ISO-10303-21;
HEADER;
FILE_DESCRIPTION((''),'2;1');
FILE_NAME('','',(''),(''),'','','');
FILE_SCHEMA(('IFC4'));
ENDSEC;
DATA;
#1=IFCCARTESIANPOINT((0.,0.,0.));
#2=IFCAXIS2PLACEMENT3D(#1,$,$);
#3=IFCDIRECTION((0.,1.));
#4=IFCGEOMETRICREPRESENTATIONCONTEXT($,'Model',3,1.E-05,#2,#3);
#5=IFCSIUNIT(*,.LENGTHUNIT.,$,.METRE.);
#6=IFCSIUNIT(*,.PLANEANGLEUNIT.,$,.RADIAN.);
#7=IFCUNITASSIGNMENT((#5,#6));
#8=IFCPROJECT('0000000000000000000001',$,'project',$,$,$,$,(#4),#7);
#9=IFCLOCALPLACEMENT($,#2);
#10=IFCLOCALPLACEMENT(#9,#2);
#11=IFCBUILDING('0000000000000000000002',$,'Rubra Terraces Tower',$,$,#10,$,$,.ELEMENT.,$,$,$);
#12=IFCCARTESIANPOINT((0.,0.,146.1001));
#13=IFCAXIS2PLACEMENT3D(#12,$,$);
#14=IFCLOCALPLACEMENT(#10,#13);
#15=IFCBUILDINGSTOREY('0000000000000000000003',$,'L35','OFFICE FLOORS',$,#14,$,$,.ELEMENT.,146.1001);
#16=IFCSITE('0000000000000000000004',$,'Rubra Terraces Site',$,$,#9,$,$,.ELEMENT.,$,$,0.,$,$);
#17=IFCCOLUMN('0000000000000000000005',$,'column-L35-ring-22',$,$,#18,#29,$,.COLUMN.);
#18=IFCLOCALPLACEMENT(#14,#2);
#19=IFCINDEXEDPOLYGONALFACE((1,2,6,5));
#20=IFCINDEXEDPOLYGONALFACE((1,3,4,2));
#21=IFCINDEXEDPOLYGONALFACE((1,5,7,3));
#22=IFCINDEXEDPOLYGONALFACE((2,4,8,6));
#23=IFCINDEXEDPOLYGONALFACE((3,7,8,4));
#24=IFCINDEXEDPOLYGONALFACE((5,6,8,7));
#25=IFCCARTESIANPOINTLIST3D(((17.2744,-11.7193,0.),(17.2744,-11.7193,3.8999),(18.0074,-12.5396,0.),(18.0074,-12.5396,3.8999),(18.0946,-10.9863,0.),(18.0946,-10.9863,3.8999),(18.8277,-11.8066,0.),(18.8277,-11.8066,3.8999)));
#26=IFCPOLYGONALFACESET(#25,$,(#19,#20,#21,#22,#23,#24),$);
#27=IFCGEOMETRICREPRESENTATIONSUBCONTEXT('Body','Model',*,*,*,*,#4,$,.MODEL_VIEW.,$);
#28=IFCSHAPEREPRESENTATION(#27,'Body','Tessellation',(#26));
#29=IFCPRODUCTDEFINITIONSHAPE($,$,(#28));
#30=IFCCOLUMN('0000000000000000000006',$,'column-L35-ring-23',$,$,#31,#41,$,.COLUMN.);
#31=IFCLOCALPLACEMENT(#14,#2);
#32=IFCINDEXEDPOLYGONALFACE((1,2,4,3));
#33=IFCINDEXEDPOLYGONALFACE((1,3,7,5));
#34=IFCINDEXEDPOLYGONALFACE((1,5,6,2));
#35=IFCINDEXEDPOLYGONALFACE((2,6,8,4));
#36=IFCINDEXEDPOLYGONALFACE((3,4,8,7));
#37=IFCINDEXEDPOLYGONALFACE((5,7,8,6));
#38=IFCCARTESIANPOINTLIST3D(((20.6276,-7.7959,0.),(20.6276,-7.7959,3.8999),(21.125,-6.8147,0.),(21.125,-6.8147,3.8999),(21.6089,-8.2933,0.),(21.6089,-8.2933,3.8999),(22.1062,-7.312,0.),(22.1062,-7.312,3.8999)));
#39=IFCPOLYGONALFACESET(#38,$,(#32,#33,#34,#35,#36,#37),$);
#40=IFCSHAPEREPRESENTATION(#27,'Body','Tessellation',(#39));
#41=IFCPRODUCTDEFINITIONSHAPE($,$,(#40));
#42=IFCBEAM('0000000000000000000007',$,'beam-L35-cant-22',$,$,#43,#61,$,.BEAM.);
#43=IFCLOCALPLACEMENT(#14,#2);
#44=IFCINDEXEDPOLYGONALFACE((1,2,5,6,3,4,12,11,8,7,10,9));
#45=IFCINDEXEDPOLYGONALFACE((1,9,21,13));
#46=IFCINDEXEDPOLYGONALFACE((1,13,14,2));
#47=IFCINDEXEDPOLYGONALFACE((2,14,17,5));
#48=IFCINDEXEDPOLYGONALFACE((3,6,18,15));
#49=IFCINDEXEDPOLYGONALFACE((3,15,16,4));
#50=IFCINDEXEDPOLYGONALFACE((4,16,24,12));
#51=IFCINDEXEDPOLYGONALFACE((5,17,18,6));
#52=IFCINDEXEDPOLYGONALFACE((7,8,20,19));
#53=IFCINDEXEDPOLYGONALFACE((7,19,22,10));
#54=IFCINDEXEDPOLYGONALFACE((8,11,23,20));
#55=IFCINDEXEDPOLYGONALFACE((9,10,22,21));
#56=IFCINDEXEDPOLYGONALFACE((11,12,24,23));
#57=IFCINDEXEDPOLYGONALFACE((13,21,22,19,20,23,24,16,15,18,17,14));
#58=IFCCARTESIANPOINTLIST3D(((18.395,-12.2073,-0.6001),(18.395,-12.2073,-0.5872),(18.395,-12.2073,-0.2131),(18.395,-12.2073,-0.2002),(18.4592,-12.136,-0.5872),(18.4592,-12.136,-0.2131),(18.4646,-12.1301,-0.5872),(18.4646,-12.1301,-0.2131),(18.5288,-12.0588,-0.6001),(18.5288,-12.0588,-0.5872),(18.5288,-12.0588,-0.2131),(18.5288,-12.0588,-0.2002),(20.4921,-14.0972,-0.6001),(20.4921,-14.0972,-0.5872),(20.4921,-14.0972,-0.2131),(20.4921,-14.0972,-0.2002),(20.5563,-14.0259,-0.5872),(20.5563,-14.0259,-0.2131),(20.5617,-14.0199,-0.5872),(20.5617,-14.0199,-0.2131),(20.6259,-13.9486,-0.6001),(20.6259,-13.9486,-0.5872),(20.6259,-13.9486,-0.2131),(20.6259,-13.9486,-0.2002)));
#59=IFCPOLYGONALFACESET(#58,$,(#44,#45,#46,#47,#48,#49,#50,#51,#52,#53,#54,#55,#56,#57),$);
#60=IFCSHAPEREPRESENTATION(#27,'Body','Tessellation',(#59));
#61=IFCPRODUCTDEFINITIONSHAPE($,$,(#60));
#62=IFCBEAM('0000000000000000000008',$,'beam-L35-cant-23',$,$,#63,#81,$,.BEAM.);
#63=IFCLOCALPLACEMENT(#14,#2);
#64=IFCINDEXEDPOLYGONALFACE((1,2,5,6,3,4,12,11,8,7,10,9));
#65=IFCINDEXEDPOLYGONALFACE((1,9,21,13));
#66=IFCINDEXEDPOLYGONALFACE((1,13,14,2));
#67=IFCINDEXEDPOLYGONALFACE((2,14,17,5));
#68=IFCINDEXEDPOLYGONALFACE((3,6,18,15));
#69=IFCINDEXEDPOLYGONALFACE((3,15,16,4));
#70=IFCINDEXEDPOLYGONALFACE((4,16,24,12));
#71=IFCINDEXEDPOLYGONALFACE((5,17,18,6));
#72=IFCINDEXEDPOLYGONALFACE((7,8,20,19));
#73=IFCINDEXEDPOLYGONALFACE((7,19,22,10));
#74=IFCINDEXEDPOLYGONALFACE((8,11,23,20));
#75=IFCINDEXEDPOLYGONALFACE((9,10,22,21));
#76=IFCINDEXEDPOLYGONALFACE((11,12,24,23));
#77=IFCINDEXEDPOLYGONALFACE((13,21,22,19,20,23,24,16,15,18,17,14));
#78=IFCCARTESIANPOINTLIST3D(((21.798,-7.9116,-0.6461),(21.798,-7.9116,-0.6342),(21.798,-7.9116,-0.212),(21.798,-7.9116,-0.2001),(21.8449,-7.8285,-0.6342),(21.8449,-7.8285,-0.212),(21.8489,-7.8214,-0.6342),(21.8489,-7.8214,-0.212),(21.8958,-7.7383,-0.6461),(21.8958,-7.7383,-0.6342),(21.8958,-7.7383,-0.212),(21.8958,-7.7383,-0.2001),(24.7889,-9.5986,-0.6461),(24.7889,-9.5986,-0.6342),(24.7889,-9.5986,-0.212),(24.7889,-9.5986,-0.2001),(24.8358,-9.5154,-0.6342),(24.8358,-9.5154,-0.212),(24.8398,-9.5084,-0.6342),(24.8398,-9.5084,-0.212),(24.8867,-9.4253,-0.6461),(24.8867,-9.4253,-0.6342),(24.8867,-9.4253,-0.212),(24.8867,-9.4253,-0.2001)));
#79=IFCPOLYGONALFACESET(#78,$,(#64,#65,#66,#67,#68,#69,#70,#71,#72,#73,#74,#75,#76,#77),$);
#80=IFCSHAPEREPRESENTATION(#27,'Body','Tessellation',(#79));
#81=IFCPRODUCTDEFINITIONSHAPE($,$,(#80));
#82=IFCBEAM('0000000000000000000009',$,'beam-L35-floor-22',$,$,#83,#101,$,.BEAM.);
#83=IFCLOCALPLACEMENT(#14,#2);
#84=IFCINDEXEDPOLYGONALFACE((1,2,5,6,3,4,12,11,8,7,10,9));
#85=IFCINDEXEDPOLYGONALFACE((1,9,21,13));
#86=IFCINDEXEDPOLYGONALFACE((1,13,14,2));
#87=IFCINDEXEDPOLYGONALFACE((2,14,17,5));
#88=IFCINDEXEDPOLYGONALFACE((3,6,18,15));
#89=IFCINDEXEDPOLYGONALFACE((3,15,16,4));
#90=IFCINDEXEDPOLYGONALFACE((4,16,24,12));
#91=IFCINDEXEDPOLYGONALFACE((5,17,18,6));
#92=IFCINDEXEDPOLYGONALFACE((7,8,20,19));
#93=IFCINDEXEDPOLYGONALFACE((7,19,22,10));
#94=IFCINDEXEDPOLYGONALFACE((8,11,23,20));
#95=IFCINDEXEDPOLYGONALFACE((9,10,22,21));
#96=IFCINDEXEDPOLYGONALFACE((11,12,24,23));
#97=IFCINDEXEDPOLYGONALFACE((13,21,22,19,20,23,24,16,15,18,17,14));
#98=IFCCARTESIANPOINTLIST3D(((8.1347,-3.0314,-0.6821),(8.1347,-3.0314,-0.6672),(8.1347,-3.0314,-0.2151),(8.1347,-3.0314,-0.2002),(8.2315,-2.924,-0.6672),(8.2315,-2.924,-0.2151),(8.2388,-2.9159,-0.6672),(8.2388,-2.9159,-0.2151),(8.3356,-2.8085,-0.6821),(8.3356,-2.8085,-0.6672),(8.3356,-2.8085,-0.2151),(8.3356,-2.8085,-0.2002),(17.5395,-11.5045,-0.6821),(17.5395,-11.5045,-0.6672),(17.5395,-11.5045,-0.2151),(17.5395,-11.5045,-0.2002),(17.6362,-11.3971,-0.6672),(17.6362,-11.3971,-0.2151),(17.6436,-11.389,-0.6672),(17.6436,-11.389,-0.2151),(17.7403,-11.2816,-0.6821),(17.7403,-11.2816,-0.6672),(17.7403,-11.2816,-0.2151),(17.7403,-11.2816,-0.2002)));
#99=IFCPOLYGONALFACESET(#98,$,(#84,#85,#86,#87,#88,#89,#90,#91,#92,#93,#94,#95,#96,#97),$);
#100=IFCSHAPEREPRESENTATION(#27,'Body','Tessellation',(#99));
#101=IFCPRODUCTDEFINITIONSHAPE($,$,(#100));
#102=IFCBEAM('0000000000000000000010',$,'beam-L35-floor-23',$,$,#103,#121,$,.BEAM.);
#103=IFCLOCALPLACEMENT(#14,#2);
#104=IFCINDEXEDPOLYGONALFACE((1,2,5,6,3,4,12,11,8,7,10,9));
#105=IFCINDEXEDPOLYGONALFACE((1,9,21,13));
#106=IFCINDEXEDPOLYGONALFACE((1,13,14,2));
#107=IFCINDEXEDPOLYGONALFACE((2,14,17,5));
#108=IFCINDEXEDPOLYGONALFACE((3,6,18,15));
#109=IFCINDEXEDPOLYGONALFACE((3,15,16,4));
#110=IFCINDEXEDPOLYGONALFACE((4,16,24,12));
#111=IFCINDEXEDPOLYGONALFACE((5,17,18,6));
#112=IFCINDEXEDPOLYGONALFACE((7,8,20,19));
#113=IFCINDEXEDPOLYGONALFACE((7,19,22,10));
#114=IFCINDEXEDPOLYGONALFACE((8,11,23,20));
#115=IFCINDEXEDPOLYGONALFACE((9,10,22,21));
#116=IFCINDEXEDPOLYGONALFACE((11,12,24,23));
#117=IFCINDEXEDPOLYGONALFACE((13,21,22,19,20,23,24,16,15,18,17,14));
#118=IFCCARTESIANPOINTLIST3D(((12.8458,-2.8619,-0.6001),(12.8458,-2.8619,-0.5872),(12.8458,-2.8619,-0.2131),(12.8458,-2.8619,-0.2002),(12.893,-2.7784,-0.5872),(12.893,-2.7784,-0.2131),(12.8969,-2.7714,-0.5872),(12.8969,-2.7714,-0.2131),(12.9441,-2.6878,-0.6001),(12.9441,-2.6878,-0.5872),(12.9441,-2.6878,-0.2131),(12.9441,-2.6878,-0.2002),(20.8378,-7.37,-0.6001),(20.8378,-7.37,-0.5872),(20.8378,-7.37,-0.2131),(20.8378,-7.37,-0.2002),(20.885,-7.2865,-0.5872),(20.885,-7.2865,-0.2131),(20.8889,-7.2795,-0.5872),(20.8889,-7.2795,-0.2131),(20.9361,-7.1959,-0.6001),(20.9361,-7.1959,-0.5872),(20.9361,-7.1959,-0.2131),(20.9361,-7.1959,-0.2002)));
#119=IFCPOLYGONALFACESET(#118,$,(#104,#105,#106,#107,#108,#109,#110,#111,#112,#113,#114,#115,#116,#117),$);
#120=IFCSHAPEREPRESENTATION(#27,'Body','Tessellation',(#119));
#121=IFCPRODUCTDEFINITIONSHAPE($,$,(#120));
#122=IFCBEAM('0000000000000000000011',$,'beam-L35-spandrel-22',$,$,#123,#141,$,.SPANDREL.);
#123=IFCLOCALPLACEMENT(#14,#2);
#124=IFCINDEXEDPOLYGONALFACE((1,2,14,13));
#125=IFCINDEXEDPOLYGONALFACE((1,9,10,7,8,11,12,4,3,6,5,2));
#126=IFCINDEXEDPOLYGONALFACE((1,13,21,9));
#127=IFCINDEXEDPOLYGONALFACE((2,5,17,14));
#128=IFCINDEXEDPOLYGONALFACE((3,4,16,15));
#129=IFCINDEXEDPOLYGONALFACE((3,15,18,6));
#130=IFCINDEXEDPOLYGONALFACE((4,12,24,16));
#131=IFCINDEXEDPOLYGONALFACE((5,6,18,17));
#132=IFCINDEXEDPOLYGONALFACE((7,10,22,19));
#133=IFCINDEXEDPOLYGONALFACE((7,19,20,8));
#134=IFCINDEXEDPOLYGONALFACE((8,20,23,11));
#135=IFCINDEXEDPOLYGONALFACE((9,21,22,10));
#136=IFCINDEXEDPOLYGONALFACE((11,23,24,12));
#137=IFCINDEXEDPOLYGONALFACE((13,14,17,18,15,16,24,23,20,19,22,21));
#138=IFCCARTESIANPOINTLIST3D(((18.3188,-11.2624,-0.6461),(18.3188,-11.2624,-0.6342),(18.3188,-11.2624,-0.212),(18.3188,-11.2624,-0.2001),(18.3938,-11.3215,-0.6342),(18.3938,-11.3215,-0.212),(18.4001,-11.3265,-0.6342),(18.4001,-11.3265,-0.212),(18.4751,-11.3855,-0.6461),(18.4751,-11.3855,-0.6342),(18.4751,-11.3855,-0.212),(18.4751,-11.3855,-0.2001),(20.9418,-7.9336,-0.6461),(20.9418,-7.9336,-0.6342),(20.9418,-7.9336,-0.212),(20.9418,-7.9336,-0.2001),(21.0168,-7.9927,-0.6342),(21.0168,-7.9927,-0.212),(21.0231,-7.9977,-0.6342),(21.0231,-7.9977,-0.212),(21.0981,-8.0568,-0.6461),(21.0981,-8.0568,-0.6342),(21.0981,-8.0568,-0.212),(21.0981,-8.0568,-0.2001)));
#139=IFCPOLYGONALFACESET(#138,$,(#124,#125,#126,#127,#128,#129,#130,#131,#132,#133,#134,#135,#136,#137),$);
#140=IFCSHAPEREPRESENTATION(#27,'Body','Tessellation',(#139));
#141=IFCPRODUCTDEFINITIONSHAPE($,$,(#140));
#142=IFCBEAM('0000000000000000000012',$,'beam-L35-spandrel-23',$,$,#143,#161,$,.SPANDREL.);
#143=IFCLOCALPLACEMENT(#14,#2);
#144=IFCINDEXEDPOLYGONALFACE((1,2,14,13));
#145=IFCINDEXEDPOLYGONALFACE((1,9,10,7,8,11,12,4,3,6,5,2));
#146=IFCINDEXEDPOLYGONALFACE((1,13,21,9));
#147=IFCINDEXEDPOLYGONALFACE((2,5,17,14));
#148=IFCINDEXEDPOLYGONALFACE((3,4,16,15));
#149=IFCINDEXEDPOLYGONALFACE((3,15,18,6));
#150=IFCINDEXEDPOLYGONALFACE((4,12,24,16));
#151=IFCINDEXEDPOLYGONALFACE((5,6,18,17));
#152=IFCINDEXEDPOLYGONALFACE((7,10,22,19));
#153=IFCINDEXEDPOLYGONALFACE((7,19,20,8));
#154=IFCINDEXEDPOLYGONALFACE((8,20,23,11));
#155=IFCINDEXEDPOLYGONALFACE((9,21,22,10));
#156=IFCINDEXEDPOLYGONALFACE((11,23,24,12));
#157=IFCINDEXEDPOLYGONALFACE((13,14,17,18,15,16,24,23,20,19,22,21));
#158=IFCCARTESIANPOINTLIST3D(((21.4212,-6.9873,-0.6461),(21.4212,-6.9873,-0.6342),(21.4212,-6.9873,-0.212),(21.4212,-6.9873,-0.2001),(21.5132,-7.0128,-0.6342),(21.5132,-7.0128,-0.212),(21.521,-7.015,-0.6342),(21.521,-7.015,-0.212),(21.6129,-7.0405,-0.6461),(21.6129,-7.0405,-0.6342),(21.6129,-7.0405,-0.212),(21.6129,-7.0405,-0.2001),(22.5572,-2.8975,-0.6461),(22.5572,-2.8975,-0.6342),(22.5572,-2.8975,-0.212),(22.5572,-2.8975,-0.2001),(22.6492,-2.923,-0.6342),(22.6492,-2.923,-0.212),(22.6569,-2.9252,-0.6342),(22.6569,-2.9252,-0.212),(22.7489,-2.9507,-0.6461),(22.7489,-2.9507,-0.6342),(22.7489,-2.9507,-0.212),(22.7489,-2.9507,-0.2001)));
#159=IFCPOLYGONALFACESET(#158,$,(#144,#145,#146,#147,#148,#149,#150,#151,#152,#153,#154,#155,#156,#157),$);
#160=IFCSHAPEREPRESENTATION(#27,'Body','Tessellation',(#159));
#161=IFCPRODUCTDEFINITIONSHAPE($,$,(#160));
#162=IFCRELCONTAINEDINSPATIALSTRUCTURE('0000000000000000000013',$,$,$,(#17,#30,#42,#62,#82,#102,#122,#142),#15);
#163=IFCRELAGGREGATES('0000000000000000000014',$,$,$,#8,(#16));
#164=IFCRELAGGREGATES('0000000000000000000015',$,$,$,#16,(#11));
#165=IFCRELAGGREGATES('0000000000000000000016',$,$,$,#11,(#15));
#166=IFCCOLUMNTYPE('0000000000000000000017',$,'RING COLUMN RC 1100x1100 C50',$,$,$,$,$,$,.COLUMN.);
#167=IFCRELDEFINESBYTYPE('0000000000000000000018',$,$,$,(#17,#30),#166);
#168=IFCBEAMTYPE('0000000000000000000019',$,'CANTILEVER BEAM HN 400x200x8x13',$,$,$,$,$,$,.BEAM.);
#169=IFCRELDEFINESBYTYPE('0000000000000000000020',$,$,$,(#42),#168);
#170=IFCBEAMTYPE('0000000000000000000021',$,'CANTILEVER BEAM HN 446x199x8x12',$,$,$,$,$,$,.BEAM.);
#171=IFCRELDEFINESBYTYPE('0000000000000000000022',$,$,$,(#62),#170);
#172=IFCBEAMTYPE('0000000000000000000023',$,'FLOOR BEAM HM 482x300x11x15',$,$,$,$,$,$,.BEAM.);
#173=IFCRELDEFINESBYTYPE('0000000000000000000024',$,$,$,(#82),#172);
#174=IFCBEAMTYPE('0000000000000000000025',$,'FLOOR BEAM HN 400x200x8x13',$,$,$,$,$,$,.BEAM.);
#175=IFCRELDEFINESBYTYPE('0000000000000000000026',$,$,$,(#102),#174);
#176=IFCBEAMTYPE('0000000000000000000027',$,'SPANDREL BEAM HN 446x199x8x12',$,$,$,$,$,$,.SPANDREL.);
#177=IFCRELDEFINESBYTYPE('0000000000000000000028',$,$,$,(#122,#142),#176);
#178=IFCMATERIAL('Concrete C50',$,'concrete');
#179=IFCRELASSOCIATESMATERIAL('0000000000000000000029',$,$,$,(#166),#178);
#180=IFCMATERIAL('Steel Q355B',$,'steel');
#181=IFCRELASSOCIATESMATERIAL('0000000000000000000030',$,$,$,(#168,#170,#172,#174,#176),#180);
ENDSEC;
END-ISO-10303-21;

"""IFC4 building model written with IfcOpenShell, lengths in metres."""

from ifc_helpers import new_model, si_unit, direction, frame, origin, origin_2d, place, context, subcontext, project, spatial, rectangle, i_section, extrude, material, material_profile, profile_set, type_object, element, save


model = new_model("IFC4")

# Units and contexts
model_context = context("Model", 3, precision=1e-05, world=origin(), true_north=direction((0.0, 1.0)))
body_context = subcontext(model_context, "Body", "Model", "MODEL_VIEW")
ifc_project = project(units=[si_unit("LENGTHUNIT", "METRE"), si_unit("PLANEANGLEUNIT", "RADIAN")], contexts=[model_context])

# Site, building, storey
site_placement = place(None, origin())
site = spatial("IfcSite", under=ifc_project, at=site_placement, Name="Rubra Terraces Site", CompositionType="ELEMENT", RefElevation=0.0)
building_placement = place(site_placement, origin())
building = spatial("IfcBuilding", under=site, at=building_placement, Name="Rubra Terraces Tower", CompositionType="ELEMENT")
storey_placement = place(building_placement, frame((0.0, 0.0, 146.1001)))
storey = spatial("IfcBuildingStorey", under=building, at=storey_placement, Name="L35", Description="OFFICE FLOORS", CompositionType="ELEMENT", Elevation=146.1001)

# Columns
ifc_material_1 = material(Name="Concrete C50", Category="concrete")
ifc_material_profile_1 = material_profile(ifc_material_1, rectangle(XDim=1.1001, YDim=1.1001, at=origin_2d()), Name="RC 1100x1100")
ifc_profile_set_1 = profile_set([ifc_material_profile_1], Name="Concrete C50")
column_type = type_object("IfcColumnType", Name="RING COLUMN RC 1100x1100 C50", PredefinedType="COLUMN", material=ifc_profile_set_1)
for number, where, z_axis, x_axis, name in (
    (1, (18.051, -11.7629, 0.0), (0.0, 0.0, 1.0), (0.745642, 0.666347, 0.0), "column-L35-ring-22"),
    (2, (21.3669, -7.554, 0.0), (0.0, 0.0, 1.0), (0.452079, 0.891978, 0.0), "column-L35-ring-23"),
):
    element("IfcColumn", number, at=place(storey_placement, frame(where, z_axis=z_axis, x_axis=x_axis)), inside=storey, type_object=column_type, Name=name, PredefinedType="COLUMN", context=body_context, shape_type="SweptSolid", body=[
        extrude(rectangle(XDim=1.1001, YDim=1.1001, at=origin_2d()), origin(), (0.0, 0.0, 1.0), 3.8999),
    ])

# Beams
ifc_material_2 = material(Name="Steel Q355B", Category="steel")
ifc_material_profile_2 = material_profile(ifc_material_2, i_section(OverallWidth=0.2, OverallDepth=0.3999, WebThickness=0.0081, FlangeThickness=0.0129, at=origin_2d()), Name="HN 400x200x8x13")
ifc_profile_set_2 = profile_set([ifc_material_profile_2], Name="Steel Q355B")
beam_type_1 = type_object("IfcBeamType", Name="CANTILEVER BEAM HN 400x200x8x13", PredefinedType="BEAM", material=ifc_profile_set_2)
beam_1_placement = place(storey_placement, frame((18.4619, -12.1331, -0.4001), z_axis=(0.742864, -0.669442, 0.0), x_axis=(0.669442, 0.742864, 0.0)))
element("IfcBeam", 3, at=beam_1_placement, inside=storey, type_object=beam_type_1, Name="beam-L35-cant-22", PredefinedType="BEAM", context=body_context, shape_type="SweptSolid", body=[
    extrude(i_section(OverallWidth=0.2, OverallDepth=0.3999, WebThickness=0.0081, FlangeThickness=0.0129, at=origin_2d()), origin(), (0.0, 0.0, 1.0), 2.823),
])
ifc_material_profile_3 = material_profile(ifc_material_2, i_section(OverallWidth=0.199, OverallDepth=0.446, WebThickness=0.0081, FlangeThickness=0.012, at=origin_2d()), Name="HN 446x199x8x12")
ifc_profile_set_3 = profile_set([ifc_material_profile_3], Name="Steel Q355B")
beam_type_2 = type_object("IfcBeamType", Name="CANTILEVER BEAM HN 446x199x8x12", PredefinedType="BEAM", material=ifc_profile_set_3)
beam_2_placement = place(storey_placement, frame((21.8469, -7.825, -0.4231), z_axis=(0.871003, -0.491277, 0.0), x_axis=(0.491277, 0.871003, 0.0)))
element("IfcBeam", 4, at=beam_2_placement, inside=storey, type_object=beam_type_2, Name="beam-L35-cant-23", PredefinedType="BEAM", context=body_context, shape_type="SweptSolid", body=[
    extrude(i_section(OverallWidth=0.199, OverallDepth=0.446, WebThickness=0.0081, FlangeThickness=0.012, at=origin_2d()), origin(), (0.0, 0.0, 1.0), 3.4338),
])
ifc_material_profile_4 = material_profile(ifc_material_2, i_section(OverallWidth=0.3, OverallDepth=0.4819, WebThickness=0.011, FlangeThickness=0.0149, at=origin_2d()), Name="HM 482x300x11x15")
ifc_profile_set_4 = profile_set([ifc_material_profile_4], Name="Steel Q355B")
beam_type_3 = type_object("IfcBeamType", Name="FLOOR BEAM HM 482x300x11x15", PredefinedType="BEAM", material=ifc_profile_set_4)
beam_3_placement = place(storey_placement, frame((17.6399, -11.3931, -0.4412), z_axis=(-0.742947, 0.66935, 0.0), x_axis=(-0.66935, -0.742947, 0.0)))
element("IfcBeam", 5, at=beam_3_placement, inside=storey, type_object=beam_type_3, Name="beam-L35-floor-22", PredefinedType="BEAM", context=body_context, shape_type="SweptSolid", body=[
    extrude(i_section(OverallWidth=0.3, OverallDepth=0.4819, WebThickness=0.011, FlangeThickness=0.0149, at=origin_2d()), origin(), (0.0, 0.0, 1.0), 12.6587),
])
ifc_material_profile_5 = material_profile(ifc_material_2, i_section(OverallWidth=0.2, OverallDepth=0.3999, WebThickness=0.0081, FlangeThickness=0.0129, at=origin_2d()), Name="HN 400x200x8x13")
ifc_profile_set_5 = profile_set([ifc_material_profile_5], Name="Steel Q355B")
beam_type_4 = type_object("IfcBeamType", Name="FLOOR BEAM HN 400x200x8x13", PredefinedType="BEAM", material=ifc_profile_set_5)
beam_4_placement = place(storey_placement, frame((20.887, -7.283, -0.4001), z_axis=(-0.870989, 0.491303, 0.0), x_axis=(-0.491303, -0.870989, 0.0)))
element("IfcBeam", 6, at=beam_4_placement, inside=storey, type_object=beam_type_4, Name="beam-L35-floor-23", PredefinedType="BEAM", context=body_context, shape_type="SweptSolid", body=[
    extrude(i_section(OverallWidth=0.2, OverallDepth=0.3999, WebThickness=0.0081, FlangeThickness=0.0129, at=origin_2d()), origin(), (0.0, 0.0, 1.0), 9.1758),
])
ifc_material_profile_6 = material_profile(ifc_material_2, i_section(OverallWidth=0.199, OverallDepth=0.446, WebThickness=0.0081, FlangeThickness=0.012, at=origin_2d()), Name="HN 446x199x8x12")
ifc_profile_set_6 = profile_set([ifc_material_profile_6], Name="Steel Q355B")
beam_type_5 = type_object("IfcBeamType", Name="SPANDREL BEAM HN 446x199x8x12", PredefinedType="SPANDREL", material=ifc_profile_set_6)
beam_5_placement = place(storey_placement, frame((18.397, -11.324, -0.4231), z_axis=(0.618917, 0.785456, 0.0), x_axis=(-0.785456, 0.618917, 0.0)))
element("IfcBeam", 7, at=beam_5_placement, inside=storey, type_object=beam_type_5, Name="beam-L35-spandrel-22", PredefinedType="SPANDREL", context=body_context, shape_type="SweptSolid", body=[
    extrude(i_section(OverallWidth=0.199, OverallDepth=0.446, WebThickness=0.0081, FlangeThickness=0.012, at=origin_2d()), origin(), (0.0, 0.0, 1.0), 4.238),
])
beam_6_placement = place(storey_placement, frame((21.5171, -7.0139, -0.4231), z_axis=(0.267626, 0.963523, 0.0), x_axis=(-0.963523, 0.267626, 0.0)))
element("IfcBeam", 8, at=beam_6_placement, inside=storey, type_object=beam_type_5, Name="beam-L35-spandrel-23", PredefinedType="SPANDREL", context=body_context, shape_type="SweptSolid", body=[
    extrude(i_section(OverallWidth=0.199, OverallDepth=0.446, WebThickness=0.0081, FlangeThickness=0.012, at=origin_2d()), origin(), (0.0, 0.0, 1.0), 4.2446),
])

save(model, "model.ifc")
